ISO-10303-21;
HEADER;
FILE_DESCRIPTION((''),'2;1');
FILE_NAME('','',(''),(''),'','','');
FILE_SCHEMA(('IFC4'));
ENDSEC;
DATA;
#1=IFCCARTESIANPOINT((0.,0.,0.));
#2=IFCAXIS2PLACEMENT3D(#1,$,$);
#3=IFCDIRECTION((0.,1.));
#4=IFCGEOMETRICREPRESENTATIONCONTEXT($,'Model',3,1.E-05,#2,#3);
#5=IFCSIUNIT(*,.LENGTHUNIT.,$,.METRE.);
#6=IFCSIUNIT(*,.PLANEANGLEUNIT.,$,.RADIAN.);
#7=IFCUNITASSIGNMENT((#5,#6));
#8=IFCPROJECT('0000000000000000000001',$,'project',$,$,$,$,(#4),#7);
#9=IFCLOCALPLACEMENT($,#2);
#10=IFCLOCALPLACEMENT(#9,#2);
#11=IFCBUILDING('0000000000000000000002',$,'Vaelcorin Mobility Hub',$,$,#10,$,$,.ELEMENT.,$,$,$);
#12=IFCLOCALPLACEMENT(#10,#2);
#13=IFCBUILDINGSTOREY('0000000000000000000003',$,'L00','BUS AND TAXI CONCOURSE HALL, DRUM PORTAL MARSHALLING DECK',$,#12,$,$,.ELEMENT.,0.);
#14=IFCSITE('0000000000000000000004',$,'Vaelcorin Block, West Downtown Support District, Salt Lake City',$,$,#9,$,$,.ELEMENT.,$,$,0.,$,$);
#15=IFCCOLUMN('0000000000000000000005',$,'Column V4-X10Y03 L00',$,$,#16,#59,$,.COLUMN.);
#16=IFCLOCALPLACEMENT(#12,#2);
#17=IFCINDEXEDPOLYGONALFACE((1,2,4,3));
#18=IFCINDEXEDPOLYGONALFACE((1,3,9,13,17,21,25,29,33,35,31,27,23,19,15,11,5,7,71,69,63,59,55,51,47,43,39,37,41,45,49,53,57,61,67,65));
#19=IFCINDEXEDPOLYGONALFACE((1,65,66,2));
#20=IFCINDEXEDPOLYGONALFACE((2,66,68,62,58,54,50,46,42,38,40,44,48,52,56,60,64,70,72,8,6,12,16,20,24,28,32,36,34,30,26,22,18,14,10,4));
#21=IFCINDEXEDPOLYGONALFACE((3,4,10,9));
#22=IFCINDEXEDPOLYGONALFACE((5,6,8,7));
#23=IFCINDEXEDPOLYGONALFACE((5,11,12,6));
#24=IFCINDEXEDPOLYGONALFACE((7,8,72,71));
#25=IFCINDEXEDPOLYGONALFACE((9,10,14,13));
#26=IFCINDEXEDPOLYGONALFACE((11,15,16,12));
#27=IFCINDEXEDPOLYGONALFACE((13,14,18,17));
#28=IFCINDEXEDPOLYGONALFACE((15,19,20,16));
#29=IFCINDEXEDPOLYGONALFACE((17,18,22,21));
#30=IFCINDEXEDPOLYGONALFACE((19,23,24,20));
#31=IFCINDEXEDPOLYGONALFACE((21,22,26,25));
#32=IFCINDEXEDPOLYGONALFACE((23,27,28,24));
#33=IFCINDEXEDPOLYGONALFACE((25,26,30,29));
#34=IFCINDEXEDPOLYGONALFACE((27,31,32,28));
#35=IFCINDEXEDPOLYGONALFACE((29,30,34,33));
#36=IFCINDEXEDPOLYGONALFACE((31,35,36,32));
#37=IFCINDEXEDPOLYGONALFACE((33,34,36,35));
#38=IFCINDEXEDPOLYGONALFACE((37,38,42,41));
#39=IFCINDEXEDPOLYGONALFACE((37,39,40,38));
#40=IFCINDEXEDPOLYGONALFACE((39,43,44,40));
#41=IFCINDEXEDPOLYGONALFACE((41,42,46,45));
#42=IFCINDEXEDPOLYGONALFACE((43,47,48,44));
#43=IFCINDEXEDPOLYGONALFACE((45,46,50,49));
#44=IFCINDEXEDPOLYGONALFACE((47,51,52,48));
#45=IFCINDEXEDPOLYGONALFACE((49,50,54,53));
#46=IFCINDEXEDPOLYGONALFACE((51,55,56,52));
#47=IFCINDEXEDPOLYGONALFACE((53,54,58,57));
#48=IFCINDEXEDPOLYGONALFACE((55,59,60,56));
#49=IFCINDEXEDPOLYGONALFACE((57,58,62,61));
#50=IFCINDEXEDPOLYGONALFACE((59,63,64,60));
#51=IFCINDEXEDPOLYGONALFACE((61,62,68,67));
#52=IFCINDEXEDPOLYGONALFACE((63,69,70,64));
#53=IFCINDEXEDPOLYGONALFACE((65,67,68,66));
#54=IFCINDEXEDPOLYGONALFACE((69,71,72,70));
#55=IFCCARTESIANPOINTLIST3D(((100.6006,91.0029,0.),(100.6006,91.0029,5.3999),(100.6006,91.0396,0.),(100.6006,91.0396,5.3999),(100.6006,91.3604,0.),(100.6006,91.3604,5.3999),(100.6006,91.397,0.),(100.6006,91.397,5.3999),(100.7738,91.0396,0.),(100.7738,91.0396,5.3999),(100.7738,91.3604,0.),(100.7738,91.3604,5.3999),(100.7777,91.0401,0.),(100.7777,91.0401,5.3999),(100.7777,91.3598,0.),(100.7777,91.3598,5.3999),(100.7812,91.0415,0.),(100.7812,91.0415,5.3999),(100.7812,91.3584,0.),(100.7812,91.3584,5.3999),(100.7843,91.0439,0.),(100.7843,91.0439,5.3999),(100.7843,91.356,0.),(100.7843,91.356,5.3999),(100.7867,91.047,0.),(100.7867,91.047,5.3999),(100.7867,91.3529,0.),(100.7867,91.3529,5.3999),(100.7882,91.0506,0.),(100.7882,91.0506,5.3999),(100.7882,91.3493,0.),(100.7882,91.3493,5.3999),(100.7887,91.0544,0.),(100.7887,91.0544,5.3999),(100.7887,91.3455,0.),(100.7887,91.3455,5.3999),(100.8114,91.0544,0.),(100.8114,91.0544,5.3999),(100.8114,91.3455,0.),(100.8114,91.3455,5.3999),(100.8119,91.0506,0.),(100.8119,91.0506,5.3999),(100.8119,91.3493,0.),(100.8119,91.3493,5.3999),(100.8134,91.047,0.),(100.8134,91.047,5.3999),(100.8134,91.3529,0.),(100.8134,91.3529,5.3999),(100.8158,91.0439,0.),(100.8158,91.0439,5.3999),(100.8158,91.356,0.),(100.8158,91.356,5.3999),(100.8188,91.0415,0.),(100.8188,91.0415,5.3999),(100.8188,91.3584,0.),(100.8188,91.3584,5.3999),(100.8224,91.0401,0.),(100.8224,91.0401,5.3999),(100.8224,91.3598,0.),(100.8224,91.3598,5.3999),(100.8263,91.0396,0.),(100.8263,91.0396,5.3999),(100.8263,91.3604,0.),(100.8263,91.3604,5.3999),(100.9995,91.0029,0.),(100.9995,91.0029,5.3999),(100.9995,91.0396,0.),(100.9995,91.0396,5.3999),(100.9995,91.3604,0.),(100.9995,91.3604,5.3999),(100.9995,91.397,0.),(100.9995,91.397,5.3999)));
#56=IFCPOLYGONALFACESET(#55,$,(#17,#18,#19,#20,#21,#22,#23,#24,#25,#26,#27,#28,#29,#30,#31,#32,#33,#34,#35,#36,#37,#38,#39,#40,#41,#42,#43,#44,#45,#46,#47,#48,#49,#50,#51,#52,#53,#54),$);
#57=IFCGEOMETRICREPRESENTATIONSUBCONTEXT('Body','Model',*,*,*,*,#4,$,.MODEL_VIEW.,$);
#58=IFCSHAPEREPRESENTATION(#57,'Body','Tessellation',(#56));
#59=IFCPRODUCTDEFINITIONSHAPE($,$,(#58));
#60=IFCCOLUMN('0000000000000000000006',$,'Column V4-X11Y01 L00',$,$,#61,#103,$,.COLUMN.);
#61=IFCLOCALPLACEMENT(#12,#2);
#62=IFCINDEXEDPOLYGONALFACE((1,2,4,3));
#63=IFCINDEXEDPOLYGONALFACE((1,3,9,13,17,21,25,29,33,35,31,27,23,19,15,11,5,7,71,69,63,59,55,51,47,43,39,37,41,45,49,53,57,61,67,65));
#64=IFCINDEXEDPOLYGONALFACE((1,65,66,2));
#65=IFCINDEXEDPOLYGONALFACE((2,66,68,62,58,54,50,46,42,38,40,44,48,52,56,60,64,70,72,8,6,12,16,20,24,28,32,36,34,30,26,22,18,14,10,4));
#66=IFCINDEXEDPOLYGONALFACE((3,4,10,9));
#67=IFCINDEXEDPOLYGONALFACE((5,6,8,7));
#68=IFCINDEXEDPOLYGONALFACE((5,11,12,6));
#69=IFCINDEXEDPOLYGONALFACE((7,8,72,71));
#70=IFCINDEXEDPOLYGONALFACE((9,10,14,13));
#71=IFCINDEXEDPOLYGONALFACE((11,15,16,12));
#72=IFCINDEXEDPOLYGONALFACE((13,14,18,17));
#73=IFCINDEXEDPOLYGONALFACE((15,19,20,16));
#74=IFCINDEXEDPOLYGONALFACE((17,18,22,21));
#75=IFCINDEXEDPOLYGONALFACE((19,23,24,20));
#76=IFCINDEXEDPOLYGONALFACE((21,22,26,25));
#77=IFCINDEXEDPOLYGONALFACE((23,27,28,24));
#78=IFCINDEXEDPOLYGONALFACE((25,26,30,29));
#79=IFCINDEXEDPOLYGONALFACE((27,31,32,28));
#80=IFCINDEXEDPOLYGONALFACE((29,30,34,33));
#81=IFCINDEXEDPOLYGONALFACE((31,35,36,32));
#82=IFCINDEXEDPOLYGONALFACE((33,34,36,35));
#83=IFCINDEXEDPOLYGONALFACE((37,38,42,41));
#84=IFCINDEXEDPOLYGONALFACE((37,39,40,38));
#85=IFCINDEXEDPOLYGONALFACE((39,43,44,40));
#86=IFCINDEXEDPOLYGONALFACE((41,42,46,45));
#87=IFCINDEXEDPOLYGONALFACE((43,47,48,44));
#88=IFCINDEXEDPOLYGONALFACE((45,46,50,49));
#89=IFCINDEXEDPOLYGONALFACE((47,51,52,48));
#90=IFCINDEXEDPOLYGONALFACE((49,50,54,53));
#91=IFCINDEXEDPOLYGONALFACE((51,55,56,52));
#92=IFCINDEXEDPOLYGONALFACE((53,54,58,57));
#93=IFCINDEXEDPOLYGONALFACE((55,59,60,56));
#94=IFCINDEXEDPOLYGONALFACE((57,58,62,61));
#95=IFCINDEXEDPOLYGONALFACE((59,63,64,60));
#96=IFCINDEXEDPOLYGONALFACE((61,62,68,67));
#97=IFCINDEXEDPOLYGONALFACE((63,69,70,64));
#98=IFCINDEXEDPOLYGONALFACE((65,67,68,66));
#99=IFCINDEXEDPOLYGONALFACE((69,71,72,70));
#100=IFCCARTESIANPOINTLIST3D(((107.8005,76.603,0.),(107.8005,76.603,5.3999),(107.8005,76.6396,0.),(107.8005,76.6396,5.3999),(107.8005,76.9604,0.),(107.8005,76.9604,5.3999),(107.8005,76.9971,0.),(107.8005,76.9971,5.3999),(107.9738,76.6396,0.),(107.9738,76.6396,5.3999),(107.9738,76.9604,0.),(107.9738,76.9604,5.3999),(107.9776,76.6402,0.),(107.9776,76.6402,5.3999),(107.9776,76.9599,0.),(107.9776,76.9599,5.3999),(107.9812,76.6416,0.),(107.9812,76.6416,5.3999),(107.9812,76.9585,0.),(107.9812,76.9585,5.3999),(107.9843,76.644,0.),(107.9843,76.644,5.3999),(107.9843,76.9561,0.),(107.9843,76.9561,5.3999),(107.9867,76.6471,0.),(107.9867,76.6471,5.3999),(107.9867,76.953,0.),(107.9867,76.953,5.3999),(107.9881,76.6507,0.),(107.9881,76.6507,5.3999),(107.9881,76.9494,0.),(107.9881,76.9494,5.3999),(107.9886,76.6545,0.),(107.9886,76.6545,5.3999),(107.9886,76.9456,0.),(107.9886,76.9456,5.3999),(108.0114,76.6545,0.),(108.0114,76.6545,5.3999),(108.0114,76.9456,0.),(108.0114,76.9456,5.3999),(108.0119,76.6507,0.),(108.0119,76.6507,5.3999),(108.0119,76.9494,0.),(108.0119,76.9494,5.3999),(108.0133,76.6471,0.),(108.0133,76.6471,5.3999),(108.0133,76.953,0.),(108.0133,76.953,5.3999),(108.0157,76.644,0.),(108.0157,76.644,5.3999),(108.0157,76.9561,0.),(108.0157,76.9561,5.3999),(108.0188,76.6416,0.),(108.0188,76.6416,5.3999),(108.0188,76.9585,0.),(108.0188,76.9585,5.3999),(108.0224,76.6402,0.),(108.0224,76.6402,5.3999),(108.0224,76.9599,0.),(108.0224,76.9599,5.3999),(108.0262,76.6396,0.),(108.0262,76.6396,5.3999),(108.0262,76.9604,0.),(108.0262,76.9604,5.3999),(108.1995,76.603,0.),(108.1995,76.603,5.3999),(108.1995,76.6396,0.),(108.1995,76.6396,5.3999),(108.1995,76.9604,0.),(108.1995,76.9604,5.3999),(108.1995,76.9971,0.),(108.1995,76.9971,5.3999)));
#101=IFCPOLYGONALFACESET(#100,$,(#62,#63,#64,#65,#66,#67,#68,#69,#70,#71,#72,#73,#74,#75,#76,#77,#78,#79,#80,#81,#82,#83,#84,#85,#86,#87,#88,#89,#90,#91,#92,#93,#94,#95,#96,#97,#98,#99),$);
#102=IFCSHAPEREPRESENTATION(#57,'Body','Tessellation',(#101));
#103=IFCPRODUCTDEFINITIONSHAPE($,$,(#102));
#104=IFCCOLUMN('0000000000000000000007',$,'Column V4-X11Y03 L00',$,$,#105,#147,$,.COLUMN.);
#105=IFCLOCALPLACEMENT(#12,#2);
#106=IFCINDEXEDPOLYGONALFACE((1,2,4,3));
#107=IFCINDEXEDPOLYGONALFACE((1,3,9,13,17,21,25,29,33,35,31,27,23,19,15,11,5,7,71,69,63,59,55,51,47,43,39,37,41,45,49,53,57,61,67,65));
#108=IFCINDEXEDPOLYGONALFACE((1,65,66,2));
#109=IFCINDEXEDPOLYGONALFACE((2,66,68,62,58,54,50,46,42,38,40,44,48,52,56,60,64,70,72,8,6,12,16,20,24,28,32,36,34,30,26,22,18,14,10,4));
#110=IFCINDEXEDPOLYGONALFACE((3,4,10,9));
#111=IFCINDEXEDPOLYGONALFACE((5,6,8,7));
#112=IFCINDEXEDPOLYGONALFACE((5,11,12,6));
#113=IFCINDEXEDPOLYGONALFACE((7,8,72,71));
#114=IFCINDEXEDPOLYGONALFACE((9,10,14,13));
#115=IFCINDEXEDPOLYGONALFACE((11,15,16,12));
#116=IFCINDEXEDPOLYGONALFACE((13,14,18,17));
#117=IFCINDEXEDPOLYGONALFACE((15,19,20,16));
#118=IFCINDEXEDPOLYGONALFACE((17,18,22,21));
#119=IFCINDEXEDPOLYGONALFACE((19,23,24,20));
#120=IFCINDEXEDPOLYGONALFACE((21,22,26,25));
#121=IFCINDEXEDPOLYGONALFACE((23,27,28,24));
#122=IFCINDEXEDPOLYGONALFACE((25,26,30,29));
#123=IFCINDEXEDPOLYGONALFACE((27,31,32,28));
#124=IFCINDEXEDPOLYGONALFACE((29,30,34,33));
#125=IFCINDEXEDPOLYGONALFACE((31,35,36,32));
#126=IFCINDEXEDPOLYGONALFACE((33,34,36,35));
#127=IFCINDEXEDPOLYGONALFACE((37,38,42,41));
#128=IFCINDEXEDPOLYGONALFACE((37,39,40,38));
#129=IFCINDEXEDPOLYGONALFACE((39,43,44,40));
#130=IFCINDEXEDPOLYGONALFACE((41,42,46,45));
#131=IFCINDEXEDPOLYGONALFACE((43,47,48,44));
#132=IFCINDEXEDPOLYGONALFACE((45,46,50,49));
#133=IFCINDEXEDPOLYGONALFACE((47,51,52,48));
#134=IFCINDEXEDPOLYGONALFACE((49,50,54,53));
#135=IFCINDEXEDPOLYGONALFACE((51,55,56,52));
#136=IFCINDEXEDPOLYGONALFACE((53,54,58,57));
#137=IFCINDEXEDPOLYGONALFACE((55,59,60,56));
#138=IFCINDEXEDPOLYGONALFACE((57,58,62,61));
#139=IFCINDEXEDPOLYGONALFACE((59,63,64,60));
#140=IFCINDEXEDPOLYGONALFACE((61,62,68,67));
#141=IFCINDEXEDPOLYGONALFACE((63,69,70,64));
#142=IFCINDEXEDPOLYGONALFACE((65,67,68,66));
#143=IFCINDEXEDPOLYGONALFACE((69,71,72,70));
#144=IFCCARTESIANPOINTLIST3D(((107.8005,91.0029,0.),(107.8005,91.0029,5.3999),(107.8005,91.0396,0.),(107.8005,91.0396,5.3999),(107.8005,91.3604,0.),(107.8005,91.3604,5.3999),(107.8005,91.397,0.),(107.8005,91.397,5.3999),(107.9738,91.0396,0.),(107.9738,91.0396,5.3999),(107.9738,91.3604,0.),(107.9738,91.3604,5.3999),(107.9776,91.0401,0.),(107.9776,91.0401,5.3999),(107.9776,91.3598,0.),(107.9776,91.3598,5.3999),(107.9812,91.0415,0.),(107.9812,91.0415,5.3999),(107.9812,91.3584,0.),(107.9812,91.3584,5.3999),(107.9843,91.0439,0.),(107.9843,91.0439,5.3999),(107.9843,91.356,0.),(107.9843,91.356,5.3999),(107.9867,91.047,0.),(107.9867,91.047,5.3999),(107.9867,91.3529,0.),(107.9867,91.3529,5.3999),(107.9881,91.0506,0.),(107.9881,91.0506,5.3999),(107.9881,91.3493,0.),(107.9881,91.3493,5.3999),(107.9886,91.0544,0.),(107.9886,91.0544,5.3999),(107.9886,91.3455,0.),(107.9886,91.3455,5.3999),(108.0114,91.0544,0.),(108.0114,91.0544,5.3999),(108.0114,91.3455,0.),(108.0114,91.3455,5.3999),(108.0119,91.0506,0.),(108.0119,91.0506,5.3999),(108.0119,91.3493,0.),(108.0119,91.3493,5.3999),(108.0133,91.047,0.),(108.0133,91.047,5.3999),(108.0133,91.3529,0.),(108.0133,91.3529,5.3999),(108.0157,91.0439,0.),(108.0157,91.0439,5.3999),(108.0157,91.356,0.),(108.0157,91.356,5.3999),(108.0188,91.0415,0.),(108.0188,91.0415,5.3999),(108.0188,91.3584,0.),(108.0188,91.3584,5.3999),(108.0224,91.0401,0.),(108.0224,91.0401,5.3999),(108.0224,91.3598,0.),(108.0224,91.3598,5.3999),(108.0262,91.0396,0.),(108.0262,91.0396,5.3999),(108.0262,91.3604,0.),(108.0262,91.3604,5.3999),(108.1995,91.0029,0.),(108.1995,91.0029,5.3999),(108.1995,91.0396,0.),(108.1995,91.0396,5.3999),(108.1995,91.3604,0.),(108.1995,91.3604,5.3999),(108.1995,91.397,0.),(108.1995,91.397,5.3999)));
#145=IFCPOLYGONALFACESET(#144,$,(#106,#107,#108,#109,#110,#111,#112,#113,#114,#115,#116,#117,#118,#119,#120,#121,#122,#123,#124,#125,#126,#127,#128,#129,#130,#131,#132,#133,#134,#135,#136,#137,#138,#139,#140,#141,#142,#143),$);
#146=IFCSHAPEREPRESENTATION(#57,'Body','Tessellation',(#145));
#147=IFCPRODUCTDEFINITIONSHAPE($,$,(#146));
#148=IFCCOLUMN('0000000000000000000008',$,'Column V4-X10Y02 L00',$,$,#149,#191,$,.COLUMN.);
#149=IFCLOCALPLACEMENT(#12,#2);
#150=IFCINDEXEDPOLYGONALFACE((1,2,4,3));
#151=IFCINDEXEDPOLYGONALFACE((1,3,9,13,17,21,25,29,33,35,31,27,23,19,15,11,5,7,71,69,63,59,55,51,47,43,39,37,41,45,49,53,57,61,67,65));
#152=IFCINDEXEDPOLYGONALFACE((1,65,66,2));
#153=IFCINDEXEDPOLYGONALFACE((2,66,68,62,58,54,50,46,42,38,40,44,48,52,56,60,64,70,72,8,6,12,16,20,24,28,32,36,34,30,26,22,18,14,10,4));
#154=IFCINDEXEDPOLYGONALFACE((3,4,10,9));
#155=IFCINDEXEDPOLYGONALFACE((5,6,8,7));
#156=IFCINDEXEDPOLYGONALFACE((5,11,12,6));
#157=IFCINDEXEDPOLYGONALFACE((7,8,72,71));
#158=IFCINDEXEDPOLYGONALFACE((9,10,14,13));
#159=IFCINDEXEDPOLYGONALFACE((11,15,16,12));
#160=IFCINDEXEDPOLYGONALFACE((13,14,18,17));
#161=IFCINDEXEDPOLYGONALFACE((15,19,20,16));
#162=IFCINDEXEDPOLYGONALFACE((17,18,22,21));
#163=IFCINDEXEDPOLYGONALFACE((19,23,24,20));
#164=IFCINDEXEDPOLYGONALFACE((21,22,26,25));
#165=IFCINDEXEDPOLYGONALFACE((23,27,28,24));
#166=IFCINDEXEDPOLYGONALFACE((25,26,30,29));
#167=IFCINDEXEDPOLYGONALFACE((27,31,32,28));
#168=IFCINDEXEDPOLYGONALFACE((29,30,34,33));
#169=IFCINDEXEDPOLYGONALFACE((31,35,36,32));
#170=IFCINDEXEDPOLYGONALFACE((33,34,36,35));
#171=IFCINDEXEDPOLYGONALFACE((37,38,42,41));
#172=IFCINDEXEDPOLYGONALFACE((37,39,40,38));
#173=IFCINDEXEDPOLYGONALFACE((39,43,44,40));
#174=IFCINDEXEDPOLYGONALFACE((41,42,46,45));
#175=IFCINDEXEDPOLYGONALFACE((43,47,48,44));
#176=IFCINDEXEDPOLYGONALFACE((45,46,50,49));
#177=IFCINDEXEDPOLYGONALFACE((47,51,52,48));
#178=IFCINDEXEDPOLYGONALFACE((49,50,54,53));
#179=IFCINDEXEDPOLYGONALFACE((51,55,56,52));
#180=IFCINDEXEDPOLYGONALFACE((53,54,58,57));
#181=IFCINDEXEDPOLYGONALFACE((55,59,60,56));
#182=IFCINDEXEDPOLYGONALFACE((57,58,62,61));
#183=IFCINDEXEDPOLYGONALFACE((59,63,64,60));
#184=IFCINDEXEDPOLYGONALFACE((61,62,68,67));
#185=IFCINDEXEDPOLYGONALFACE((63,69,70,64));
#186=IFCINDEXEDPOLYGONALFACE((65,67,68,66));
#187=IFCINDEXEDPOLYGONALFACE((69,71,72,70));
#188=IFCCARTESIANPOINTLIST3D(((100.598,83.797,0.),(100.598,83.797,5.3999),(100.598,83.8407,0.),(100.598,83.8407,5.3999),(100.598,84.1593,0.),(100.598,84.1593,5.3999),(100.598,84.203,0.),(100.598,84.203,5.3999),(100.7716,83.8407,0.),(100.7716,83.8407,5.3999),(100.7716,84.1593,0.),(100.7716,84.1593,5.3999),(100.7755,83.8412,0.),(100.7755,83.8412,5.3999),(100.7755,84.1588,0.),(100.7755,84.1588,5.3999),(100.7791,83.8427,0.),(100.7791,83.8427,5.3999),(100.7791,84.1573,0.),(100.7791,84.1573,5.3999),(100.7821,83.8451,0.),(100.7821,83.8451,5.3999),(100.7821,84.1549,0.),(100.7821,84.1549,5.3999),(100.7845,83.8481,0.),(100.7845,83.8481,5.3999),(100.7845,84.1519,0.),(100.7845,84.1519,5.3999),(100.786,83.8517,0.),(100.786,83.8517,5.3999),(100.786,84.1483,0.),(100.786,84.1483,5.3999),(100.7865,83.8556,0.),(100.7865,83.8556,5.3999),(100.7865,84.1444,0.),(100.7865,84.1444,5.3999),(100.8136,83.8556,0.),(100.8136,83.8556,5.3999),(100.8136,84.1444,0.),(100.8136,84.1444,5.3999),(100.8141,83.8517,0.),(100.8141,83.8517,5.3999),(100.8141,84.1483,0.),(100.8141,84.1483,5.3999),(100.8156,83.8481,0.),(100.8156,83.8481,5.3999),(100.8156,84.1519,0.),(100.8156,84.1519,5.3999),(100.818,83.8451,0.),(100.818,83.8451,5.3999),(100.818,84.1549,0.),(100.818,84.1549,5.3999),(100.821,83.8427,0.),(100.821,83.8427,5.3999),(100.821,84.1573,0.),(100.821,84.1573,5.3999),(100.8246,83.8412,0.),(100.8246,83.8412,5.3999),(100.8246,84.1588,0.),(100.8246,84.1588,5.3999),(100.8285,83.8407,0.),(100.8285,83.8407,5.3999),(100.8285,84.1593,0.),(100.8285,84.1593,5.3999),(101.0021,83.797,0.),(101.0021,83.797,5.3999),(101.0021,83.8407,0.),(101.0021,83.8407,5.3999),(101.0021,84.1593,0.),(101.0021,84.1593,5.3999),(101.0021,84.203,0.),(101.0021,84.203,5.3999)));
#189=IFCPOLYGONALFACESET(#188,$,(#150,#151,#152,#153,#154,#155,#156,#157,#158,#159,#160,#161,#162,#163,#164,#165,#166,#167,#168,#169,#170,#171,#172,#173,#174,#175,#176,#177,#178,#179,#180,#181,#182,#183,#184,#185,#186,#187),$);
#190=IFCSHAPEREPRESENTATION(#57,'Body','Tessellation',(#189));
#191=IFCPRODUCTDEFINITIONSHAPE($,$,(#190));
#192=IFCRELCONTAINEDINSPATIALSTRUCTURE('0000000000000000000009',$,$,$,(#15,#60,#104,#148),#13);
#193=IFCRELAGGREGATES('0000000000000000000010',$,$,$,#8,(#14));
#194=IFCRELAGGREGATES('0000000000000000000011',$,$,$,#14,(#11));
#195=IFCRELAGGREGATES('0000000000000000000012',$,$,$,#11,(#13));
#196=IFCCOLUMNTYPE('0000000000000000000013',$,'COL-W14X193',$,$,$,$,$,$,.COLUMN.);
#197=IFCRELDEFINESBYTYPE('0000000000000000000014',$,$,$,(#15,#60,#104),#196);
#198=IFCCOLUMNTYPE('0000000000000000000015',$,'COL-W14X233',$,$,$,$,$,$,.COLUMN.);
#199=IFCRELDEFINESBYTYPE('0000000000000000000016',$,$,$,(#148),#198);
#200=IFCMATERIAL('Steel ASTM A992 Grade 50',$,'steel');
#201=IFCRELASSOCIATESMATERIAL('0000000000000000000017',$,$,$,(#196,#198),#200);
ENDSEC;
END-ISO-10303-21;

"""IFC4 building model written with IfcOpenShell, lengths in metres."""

from ifc_helpers import new_model, si_unit, direction, frame, origin, origin_2d, place, context, subcontext, project, spatial, i_section, extrude, material, material_profile, profile_set, type_object, element, save


model = new_model("IFC4")

# Units and contexts
model_context = context("Model", 3, precision=1e-05, world=origin(), true_north=direction((0.0, 1.0)))
body_context = subcontext(model_context, "Body", "Model", "MODEL_VIEW")
ifc_project = project(units=[si_unit("LENGTHUNIT", "METRE"), si_unit("PLANEANGLEUNIT", "RADIAN")], contexts=[model_context])

# Site, building, storey
site_placement = place(None, origin())
site = spatial("IfcSite", under=ifc_project, at=site_placement, Name="Vaelcorin Block, West Downtown Support District, Salt Lake City", CompositionType="ELEMENT", RefElevation=0.0)
building_placement = place(site_placement, origin())
building = spatial("IfcBuilding", under=site, at=building_placement, Name="Vaelcorin Mobility Hub", CompositionType="ELEMENT")
storey_placement = place(building_placement, origin())
storey = spatial("IfcBuildingStorey", under=building, at=storey_placement, Name="L00", Description="BUS AND TAXI CONCOURSE HALL, DRUM PORTAL MARSHALLING DECK", CompositionType="ELEMENT", Elevation=0.0)

# Columns
ifc_material_1 = material(Name="Steel ASTM A992 Grade 50", Category="steel")
ifc_material_profile_1 = material_profile(ifc_material_1, i_section(OverallWidth=0.3989, OverallDepth=0.394, WebThickness=0.0227, FlangeThickness=0.0366, FilletRadius=0.0149, at=origin_2d()), Name="W14X193")
ifc_profile_set_1 = profile_set([ifc_material_profile_1], Name="Steel ASTM A992 Grade 50")
column_type_1 = type_object("IfcColumnType", Name="COL-W14X193", PredefinedType="COLUMN", material=ifc_profile_set_1)
for number, where, z_axis, x_axis, name in (
    (1, (100.8, 91.2, 0.0), (0.0, 0.0, 1.0), (1.0, 0.0, 0.0), "Column V4-X10Y03 L00"),
    (2, (108.0, 76.8, 0.0), (0.0, 0.0, 1.0), (1.0, 0.0, 0.0), "Column V4-X11Y01 L00"),
    (3, (108.0, 91.2, 0.0), (0.0, 0.0, 1.0), (1.0, 0.0, 0.0), "Column V4-X11Y03 L00"),
):
    element("IfcColumn", number, at=place(storey_placement, frame(where, z_axis=z_axis, x_axis=x_axis)), inside=storey, type_object=column_type_1, Name=name, PredefinedType="COLUMN", context=body_context, shape_type="SweptSolid", body=[
        extrude(i_section(OverallWidth=0.3989, OverallDepth=0.394, WebThickness=0.0227, FlangeThickness=0.0366, FilletRadius=0.0149, at=origin_2d()), origin(), (0.0, 0.0, 1.0), 5.3999),
    ])
ifc_material_profile_2 = material_profile(ifc_material_1, i_section(OverallWidth=0.4041, OverallDepth=0.406, WebThickness=0.0271, FlangeThickness=0.0437, FilletRadius=0.0149, at=origin_2d()), Name="W14X233")
ifc_profile_set_2 = profile_set([ifc_material_profile_2], Name="Steel ASTM A992 Grade 50")
column_type_2 = type_object("IfcColumnType", Name="COL-W14X233", PredefinedType="COLUMN", material=ifc_profile_set_2)
for number, where, z_axis, x_axis, name in (
    (4, (100.8, 84.0, 0.0), (0.0, 0.0, 1.0), (1.0, 0.0, 0.0), "Column V4-X10Y02 L00"),
):
    element("IfcColumn", number, at=place(storey_placement, frame(where, z_axis=z_axis, x_axis=x_axis)), inside=storey, type_object=column_type_2, Name=name, PredefinedType="COLUMN", context=body_context, shape_type="SweptSolid", body=[
        extrude(i_section(OverallWidth=0.4041, OverallDepth=0.406, WebThickness=0.0271, FlangeThickness=0.0437, FilletRadius=0.0149, at=origin_2d()), origin(), (0.0, 0.0, 1.0), 5.3999),
    ])

save(model, "model.ifc")
